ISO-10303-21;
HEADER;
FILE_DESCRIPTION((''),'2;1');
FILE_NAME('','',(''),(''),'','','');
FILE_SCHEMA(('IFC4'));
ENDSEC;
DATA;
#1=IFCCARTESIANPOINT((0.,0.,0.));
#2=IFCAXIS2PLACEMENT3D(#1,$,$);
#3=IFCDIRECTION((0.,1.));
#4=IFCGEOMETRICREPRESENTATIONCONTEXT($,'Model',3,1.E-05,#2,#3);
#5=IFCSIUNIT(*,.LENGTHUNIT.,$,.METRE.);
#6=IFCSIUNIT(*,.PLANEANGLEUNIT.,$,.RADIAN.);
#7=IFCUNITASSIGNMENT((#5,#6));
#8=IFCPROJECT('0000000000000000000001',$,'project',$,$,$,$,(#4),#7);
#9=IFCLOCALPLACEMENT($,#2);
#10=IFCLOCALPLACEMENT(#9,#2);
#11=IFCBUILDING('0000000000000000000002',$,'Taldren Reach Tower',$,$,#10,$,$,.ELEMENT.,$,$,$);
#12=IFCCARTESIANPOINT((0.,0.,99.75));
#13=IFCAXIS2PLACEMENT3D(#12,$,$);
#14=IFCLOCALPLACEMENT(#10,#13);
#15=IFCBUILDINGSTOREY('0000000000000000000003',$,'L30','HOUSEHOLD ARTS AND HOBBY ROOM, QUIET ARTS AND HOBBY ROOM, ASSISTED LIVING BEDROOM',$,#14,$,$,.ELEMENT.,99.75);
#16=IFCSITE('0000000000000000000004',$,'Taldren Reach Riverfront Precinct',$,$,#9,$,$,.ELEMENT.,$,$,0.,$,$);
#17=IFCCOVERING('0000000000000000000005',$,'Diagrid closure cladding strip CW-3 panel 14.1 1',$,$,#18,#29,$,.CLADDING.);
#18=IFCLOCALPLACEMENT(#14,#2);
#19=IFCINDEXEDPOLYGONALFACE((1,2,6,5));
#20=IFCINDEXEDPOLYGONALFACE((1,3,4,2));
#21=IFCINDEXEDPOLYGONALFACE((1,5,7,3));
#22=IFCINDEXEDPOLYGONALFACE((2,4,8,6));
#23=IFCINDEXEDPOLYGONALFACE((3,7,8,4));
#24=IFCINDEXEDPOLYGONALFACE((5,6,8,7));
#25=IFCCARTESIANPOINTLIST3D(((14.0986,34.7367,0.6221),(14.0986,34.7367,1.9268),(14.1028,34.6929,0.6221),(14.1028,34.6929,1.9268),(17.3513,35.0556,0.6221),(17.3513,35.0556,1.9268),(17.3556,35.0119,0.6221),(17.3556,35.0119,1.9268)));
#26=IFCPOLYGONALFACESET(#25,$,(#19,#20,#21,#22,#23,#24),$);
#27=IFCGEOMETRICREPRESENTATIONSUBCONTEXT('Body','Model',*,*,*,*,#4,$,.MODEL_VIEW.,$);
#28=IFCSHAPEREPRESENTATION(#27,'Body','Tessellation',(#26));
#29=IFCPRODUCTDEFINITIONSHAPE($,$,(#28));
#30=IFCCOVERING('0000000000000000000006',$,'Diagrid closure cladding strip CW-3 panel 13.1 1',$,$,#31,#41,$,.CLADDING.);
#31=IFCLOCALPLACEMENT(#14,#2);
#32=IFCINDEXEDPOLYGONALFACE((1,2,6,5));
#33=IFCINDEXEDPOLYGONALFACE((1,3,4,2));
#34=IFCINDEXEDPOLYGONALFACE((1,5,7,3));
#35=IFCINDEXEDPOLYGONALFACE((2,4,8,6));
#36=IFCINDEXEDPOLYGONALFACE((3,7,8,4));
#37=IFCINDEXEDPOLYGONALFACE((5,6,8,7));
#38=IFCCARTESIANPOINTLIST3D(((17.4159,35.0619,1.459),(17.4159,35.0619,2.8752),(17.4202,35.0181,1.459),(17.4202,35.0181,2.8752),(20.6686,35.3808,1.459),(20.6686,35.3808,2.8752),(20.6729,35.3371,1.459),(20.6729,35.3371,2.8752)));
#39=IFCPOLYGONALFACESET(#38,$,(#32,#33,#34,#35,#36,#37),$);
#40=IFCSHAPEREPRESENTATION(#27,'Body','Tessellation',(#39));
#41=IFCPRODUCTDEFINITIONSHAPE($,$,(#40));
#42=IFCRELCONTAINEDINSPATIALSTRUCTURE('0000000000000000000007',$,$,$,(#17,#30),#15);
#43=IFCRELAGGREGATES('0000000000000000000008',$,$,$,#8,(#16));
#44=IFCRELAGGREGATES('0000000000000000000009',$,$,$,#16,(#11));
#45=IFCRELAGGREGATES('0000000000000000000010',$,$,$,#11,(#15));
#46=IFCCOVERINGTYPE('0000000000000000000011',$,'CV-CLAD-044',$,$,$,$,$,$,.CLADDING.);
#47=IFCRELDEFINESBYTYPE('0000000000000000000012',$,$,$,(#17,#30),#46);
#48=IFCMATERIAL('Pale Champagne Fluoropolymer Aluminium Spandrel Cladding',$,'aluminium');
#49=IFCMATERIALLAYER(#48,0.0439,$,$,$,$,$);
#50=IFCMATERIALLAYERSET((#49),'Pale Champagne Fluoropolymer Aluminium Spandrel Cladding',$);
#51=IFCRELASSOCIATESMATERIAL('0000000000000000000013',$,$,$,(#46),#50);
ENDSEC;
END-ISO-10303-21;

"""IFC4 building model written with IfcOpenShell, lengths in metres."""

from ifc_helpers import new_model, si_unit, direction, frame, origin, origin_2d, place, context, subcontext, project, spatial, rectangle, extrude, source, transform, mapped, material, layer, layer_set, type_object, element, save


model = new_model("IFC4")

# Units and contexts
model_context = context("Model", 3, precision=1e-05, world=origin(), true_north=direction((0.0, 1.0)))
body_context = subcontext(model_context, "Body", "Model", "MODEL_VIEW")
ifc_project = project(units=[si_unit("LENGTHUNIT", "METRE"), si_unit("PLANEANGLEUNIT", "RADIAN")], contexts=[model_context])

# Site, building, storey
site_placement = place(None, origin())
site = spatial("IfcSite", under=ifc_project, at=site_placement, Name="Taldren Reach Riverfront Precinct", CompositionType="ELEMENT", RefElevation=0.0)
building_placement = place(site_placement, origin())
building = spatial("IfcBuilding", under=site, at=building_placement, Name="Taldren Reach Tower", CompositionType="ELEMENT")
storey_placement = place(building_placement, frame((0.0, 0.0, 99.75)))
storey = spatial("IfcBuildingStorey", under=building, at=storey_placement, Name="L30", Description="HOUSEHOLD ARTS AND HOBBY ROOM, QUIET ARTS AND HOBBY ROOM, ASSISTED LIVING BEDROOM", CompositionType="ELEMENT", Elevation=99.75)

# Coverings
ifc_material_1 = material(Name="Pale Champagne Fluoropolymer Aluminium Spandrel Cladding", Category="aluminium")
ifc_layer_1 = layer(ifc_material_1, 0.0439)
ifc_layer_set_1 = layer_set([ifc_layer_1], Name="Pale Champagne Fluoropolymer Aluminium Spandrel Cladding")
covering_type = type_object("IfcCoveringType", Name="CV-CLAD-044", PredefinedType="CLADDING", material=ifc_layer_set_1)
shared_shape_1 = source(origin(), body_context, "Body", "SweptSolid", [
    extrude(rectangle(XDim=3.2683, YDim=0.0439, at=origin_2d()), origin(), (0.0, 0.0, 1.0), 1.3047),
])
covering_1_placement = place(storey_placement, frame((15.7271, 34.8743, 0.6221), z_axis=(0.0, 0.0, 1.0), x_axis=(-0.995227, -0.097583, 0.0)))
element("IfcCovering", 1, at=covering_1_placement, inside=storey, type_object=covering_type, Name="Diagrid closure cladding strip CW-3 panel 14.1 1", PredefinedType="CLADDING", context=body_context, shape_type="MappedRepresentation", body=[
    mapped(shared_shape_1, transform((0.0, 0.0, 0.0), scale=1.0)),
])
shared_shape_2 = source(origin(), body_context, "Body", "SweptSolid", [
    extrude(rectangle(XDim=3.2683, YDim=0.0439, at=origin_2d()), origin(), (0.0, 0.0, 1.0), 1.4163),
])
covering_2_placement = place(storey_placement, frame((19.0444, 35.1995, 1.459), z_axis=(0.0, 0.0, 1.0), x_axis=(-0.995227, -0.097583, 0.0)))
element("IfcCovering", 2, at=covering_2_placement, inside=storey, type_object=covering_type, Name="Diagrid closure cladding strip CW-3 panel 13.1 1", PredefinedType="CLADDING", context=body_context, shape_type="MappedRepresentation", body=[
    mapped(shared_shape_2, transform((0.0, 0.0, 0.0), scale=1.0)),
])

save(model, "model.ifc")
